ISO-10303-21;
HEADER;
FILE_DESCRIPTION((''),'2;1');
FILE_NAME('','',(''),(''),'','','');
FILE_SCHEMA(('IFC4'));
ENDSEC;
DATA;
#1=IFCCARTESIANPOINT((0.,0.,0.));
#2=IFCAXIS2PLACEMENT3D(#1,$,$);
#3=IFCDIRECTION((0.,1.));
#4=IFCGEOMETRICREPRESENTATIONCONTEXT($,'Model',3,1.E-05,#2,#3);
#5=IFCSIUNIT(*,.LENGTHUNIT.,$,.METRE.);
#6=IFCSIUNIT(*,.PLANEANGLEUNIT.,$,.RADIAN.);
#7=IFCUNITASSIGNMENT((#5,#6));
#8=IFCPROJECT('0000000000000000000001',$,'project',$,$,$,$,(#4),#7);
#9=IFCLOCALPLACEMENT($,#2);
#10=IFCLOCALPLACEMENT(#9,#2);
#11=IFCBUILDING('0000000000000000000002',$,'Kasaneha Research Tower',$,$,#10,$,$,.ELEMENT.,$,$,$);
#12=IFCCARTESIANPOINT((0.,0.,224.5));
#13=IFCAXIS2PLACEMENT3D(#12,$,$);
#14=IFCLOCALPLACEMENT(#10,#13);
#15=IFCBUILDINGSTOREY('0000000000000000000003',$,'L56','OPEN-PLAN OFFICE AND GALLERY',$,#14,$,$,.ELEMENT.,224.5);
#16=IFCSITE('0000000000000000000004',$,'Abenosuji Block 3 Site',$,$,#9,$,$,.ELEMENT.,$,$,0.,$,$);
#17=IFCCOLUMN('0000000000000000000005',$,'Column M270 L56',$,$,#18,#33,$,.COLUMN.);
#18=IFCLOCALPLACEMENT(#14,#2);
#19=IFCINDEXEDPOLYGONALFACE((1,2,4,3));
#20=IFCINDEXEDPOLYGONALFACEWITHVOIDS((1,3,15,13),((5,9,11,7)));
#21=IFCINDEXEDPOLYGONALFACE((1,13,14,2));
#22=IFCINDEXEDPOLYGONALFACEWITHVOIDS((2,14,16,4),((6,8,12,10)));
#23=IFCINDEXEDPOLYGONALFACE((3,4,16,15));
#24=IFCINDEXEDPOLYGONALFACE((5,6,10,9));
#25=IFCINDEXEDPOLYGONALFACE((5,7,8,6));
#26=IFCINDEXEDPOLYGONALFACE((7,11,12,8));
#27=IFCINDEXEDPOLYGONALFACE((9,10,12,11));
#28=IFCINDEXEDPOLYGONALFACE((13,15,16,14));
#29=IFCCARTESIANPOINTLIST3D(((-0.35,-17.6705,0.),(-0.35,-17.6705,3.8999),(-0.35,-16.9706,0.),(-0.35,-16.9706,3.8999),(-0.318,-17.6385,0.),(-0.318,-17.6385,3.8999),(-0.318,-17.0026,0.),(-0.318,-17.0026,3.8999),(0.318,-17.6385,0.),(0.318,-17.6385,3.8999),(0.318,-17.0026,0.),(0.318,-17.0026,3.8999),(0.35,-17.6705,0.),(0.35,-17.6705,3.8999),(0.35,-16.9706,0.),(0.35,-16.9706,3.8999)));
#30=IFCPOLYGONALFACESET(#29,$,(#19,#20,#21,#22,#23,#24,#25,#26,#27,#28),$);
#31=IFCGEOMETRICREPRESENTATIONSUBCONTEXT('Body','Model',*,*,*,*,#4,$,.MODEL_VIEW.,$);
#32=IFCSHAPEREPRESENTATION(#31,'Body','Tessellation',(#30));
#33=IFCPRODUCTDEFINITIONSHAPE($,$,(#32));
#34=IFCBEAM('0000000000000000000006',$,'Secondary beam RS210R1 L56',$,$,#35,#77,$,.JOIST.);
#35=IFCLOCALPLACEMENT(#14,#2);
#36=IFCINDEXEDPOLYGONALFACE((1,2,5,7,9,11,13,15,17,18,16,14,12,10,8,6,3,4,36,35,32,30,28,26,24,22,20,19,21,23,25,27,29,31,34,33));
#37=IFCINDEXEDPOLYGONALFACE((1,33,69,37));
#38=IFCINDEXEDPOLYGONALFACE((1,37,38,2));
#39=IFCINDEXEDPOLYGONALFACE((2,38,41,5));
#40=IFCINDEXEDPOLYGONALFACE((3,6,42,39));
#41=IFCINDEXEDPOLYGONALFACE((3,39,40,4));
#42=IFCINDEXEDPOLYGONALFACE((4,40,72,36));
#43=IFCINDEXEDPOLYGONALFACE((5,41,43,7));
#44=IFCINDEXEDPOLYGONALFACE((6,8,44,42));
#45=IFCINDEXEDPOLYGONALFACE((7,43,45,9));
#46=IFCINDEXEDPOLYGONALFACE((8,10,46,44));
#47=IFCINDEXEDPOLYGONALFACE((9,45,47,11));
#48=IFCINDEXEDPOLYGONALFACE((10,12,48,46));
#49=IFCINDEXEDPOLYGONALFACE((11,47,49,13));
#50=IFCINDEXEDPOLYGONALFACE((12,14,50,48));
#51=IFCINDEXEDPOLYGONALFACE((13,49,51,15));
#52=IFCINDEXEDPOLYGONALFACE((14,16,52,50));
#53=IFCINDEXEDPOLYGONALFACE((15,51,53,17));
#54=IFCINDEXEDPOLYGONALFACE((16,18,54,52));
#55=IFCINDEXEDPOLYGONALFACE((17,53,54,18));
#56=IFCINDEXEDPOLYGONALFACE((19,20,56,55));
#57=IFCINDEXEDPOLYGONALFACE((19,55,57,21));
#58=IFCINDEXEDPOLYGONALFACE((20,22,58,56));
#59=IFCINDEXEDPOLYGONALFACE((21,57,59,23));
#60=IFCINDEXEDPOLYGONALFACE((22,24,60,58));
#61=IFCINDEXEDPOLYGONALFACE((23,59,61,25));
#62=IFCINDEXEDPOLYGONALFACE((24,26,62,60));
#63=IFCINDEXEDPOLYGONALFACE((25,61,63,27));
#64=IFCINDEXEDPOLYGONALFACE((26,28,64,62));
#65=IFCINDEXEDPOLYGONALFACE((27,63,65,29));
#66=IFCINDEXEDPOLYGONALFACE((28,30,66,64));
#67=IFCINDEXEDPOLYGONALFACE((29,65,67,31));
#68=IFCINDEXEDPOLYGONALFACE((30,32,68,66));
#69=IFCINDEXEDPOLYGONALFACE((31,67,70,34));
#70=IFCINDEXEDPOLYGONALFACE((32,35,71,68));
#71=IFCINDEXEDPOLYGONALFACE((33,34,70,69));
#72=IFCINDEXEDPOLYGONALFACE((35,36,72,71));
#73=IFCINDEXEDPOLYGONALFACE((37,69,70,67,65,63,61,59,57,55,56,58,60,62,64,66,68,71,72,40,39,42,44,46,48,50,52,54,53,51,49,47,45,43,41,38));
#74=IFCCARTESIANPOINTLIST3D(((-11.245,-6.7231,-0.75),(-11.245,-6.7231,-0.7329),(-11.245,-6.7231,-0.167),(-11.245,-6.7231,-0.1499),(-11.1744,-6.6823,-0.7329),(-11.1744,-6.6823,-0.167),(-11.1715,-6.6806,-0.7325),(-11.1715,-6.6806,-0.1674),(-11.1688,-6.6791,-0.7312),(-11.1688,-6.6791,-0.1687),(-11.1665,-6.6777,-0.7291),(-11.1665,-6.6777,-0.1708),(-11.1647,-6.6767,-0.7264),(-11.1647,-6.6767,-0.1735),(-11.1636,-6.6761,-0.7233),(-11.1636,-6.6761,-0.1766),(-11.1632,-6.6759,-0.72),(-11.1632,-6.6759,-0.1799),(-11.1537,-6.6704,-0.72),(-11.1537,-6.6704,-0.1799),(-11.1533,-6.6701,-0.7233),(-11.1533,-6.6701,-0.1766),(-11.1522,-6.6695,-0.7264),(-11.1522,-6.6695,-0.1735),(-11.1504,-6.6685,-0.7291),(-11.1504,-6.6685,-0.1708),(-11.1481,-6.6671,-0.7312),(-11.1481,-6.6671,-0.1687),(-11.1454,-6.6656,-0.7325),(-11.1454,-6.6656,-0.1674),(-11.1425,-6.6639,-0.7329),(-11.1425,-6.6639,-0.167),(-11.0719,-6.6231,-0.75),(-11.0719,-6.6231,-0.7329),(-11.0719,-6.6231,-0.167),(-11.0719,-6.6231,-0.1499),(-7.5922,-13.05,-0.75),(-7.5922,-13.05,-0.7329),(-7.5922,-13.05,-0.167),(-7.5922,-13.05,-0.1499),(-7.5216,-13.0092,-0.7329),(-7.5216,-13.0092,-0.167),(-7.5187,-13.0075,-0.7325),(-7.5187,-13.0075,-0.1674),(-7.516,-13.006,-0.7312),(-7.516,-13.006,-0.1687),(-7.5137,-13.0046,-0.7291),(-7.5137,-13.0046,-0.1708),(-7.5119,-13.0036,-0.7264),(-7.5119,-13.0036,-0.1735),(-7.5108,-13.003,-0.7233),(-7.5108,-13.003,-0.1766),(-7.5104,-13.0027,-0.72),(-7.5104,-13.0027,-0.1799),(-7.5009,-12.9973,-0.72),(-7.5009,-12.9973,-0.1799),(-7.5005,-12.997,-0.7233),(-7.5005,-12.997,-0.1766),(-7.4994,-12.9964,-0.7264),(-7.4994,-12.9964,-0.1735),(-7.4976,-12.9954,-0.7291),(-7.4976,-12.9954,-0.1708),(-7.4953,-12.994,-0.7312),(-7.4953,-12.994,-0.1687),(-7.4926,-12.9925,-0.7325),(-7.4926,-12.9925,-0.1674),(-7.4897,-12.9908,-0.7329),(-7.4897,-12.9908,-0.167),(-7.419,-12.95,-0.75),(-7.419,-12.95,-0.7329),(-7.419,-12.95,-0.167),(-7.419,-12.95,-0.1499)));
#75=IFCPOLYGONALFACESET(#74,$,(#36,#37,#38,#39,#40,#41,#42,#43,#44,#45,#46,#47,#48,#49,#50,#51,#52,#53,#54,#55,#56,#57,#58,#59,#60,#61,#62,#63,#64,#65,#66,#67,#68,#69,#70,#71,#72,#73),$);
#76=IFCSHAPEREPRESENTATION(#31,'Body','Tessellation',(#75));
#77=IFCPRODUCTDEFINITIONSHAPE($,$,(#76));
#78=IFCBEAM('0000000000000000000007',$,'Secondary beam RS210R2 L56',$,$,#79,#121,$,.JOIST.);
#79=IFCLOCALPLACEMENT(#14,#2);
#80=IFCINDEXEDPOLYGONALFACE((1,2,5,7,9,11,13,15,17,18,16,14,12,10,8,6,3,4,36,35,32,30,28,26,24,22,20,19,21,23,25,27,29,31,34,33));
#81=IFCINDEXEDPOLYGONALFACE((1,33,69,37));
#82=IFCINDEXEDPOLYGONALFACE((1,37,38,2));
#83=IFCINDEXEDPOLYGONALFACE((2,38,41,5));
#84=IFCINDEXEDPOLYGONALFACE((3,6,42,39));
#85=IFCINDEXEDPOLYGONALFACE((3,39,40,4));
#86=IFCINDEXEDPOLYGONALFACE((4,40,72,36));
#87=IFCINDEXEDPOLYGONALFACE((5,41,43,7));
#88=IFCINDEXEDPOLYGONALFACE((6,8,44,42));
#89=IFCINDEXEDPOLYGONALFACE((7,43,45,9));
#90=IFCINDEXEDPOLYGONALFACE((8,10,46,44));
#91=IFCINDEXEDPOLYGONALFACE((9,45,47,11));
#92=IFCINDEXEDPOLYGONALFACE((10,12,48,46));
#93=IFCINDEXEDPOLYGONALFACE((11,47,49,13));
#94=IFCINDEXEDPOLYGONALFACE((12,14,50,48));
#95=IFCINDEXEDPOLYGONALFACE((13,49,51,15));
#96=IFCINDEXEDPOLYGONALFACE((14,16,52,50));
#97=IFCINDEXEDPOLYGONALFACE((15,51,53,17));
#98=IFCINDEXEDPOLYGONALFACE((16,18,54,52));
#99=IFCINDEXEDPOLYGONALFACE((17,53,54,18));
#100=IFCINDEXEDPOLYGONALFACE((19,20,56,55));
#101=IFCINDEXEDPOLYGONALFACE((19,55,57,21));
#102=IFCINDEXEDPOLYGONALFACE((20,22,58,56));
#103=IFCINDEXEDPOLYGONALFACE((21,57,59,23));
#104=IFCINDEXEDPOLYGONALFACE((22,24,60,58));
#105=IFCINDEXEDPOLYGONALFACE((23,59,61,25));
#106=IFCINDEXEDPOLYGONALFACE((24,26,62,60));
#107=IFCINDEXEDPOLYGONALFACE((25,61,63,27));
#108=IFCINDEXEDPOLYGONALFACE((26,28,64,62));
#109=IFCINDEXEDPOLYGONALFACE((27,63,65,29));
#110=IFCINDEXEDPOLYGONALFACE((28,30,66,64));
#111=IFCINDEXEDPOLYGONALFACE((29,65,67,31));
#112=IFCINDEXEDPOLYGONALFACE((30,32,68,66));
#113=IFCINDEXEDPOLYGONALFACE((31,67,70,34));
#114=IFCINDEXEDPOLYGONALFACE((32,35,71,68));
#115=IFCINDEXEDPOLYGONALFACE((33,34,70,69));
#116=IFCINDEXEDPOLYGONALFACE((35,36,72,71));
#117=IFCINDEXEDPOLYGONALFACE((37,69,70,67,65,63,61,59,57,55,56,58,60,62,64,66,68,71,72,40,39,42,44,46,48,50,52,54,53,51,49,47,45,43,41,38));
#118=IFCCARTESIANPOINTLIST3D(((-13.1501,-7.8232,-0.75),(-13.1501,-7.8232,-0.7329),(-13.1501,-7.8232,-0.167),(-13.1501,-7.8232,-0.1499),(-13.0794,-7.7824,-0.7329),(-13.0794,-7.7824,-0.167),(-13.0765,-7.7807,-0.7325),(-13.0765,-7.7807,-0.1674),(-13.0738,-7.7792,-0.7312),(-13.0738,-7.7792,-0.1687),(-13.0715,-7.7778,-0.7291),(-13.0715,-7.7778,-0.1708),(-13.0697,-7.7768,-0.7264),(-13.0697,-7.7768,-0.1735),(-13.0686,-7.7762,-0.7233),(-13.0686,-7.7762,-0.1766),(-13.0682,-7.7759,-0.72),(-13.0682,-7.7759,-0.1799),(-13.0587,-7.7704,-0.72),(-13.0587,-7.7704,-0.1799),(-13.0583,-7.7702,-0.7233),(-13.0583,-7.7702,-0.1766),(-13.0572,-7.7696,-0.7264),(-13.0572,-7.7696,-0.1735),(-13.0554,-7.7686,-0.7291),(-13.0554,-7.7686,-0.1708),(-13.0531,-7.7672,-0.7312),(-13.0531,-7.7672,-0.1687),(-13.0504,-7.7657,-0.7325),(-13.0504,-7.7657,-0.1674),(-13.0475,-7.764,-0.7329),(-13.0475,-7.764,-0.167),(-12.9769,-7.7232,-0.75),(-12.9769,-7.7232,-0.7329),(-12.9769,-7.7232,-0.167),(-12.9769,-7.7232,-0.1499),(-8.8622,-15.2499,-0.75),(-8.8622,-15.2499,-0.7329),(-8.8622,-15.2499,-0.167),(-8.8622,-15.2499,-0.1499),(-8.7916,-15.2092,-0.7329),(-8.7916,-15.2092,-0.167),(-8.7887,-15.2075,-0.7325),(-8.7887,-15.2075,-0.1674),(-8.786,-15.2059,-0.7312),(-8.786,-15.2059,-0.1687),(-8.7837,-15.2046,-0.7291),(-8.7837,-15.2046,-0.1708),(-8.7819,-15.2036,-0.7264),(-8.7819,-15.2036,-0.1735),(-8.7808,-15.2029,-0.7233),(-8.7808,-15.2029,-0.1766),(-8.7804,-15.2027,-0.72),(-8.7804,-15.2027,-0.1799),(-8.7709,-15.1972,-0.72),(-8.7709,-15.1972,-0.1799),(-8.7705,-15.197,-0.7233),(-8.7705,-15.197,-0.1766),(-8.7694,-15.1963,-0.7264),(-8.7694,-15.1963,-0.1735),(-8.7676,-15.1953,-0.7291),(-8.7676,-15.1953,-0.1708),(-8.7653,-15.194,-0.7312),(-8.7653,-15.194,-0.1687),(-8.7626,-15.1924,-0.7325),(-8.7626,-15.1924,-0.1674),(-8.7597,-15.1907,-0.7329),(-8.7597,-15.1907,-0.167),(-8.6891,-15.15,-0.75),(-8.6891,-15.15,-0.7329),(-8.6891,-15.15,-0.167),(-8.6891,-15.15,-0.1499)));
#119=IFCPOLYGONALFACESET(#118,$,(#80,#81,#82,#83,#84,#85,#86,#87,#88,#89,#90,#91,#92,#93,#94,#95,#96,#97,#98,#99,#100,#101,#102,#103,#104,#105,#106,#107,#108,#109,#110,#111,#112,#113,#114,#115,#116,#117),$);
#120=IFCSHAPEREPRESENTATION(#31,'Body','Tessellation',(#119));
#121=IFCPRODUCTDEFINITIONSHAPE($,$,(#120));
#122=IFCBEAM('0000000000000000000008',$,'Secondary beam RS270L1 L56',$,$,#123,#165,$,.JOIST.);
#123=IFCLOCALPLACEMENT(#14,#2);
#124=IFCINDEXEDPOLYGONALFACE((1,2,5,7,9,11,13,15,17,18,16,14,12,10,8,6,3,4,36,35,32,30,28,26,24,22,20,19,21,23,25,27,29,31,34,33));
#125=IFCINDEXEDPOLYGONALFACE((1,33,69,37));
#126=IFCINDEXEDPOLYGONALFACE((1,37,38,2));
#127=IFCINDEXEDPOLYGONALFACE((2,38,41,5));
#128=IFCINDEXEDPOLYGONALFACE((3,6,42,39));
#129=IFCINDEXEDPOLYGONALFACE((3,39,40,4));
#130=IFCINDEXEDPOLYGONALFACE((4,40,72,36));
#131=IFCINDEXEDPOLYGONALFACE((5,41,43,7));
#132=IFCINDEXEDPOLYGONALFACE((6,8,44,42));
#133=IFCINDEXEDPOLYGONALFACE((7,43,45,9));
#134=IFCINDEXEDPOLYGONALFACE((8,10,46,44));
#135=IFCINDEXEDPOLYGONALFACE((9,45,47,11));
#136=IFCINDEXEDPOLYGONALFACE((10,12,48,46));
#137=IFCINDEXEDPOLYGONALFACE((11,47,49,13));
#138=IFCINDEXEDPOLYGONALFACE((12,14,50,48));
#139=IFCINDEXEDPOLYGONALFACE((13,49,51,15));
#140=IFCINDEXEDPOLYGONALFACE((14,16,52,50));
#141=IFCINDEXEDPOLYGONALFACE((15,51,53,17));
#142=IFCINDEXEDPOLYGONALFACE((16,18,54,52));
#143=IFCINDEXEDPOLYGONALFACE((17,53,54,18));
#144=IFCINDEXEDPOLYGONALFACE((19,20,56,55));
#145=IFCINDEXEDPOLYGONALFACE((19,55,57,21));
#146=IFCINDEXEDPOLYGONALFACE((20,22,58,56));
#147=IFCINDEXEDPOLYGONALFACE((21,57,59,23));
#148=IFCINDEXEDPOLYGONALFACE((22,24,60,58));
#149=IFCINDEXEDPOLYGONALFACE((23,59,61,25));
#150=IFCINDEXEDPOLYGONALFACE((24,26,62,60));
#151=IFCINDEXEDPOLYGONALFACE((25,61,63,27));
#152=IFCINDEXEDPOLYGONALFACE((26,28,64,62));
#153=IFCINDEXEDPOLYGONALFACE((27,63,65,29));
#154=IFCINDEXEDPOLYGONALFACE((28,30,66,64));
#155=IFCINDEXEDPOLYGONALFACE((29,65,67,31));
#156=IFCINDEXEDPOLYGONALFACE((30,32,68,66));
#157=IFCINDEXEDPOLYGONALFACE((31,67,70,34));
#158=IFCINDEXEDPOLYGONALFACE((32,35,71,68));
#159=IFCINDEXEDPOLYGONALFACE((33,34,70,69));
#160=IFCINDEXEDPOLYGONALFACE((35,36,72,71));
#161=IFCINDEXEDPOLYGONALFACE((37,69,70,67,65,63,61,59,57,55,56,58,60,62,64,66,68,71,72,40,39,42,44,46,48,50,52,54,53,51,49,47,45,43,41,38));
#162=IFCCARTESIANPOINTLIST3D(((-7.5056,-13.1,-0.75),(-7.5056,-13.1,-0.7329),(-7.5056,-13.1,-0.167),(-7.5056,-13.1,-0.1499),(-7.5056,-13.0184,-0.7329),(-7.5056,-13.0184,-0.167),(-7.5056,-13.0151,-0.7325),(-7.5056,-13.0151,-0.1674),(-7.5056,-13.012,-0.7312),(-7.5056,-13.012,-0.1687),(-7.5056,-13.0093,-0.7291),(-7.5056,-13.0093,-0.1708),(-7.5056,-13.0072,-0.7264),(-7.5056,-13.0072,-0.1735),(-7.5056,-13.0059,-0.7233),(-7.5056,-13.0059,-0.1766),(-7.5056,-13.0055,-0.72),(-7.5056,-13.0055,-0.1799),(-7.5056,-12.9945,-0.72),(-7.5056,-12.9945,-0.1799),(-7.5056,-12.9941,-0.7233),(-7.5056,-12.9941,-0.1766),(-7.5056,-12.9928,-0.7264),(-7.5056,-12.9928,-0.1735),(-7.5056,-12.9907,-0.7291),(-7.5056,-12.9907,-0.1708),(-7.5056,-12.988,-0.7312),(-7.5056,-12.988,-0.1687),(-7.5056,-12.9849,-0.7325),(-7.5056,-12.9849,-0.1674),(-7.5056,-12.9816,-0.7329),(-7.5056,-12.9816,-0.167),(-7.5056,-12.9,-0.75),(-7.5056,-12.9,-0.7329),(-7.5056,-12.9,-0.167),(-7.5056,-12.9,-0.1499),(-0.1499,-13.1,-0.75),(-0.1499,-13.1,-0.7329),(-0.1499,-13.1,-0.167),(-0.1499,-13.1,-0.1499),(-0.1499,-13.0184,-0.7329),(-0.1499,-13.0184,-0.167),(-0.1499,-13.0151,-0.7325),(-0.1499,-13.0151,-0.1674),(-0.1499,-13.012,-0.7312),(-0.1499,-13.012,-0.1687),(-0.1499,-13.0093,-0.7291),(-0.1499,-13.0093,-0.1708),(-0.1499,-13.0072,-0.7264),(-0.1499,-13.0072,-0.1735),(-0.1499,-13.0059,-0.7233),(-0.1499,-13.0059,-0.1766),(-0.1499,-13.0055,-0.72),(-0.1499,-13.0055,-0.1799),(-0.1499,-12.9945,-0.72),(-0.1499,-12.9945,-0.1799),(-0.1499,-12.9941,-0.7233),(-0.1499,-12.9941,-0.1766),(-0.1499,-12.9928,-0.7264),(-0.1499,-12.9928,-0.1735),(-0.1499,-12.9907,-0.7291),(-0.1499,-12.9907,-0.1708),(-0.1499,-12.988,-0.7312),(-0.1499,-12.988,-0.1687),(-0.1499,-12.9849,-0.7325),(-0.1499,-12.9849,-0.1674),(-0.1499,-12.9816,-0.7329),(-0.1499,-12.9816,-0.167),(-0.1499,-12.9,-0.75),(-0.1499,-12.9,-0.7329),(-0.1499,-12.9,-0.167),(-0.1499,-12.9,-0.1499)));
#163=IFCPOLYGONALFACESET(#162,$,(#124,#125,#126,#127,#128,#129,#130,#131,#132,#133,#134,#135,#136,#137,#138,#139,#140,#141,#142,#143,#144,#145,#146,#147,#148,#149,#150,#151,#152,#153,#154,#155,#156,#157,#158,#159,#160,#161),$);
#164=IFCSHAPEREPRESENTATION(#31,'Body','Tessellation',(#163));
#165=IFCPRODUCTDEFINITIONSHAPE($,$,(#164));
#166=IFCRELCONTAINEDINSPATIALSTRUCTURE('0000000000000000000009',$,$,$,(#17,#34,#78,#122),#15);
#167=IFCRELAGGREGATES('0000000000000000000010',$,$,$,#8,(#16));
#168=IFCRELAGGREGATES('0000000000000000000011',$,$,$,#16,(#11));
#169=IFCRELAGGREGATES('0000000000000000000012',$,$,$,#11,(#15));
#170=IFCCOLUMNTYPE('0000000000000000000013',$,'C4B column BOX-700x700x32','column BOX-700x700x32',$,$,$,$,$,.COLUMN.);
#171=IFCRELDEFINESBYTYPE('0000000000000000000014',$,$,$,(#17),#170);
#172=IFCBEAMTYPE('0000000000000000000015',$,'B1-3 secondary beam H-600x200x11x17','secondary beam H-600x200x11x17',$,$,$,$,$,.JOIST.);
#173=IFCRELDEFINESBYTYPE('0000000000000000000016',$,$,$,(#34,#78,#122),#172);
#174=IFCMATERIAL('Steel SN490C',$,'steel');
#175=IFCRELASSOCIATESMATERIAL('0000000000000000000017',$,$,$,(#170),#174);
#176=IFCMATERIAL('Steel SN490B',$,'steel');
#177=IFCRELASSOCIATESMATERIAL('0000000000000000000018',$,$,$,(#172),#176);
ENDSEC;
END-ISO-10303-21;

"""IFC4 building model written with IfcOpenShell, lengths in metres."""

from ifc_helpers import new_model, si_unit, direction, frame, origin, origin_2d, place, context, subcontext, project, spatial, hollow_rectangle, i_section, extrude, material, material_profile, profile_set, type_object, element, save


model = new_model("IFC4")

# Units and contexts
model_context = context("Model", 3, precision=1e-05, world=origin(), true_north=direction((0.0, 1.0)))
body_context = subcontext(model_context, "Body", "Model", "MODEL_VIEW")
ifc_project = project(units=[si_unit("LENGTHUNIT", "METRE"), si_unit("PLANEANGLEUNIT", "RADIAN")], contexts=[model_context])

# Site, building, storey
site_placement = place(None, origin())
site = spatial("IfcSite", under=ifc_project, at=site_placement, Name="Abenosuji Block 3 Site", CompositionType="ELEMENT", RefElevation=0.0)
building_placement = place(site_placement, origin())
building = spatial("IfcBuilding", under=site, at=building_placement, Name="Kasaneha Research Tower", CompositionType="ELEMENT")
storey_placement = place(building_placement, frame((0.0, 0.0, 224.5)))
storey = spatial("IfcBuildingStorey", under=building, at=storey_placement, Name="L56", Description="OPEN-PLAN OFFICE AND GALLERY", CompositionType="ELEMENT", Elevation=224.5)

# Column
ifc_material_1 = material(Name="Steel SN490C", Category="steel")
ifc_material_profile_1 = material_profile(ifc_material_1, hollow_rectangle(XDim=0.7, YDim=0.7, WallThickness=0.032, at=origin_2d()), Name="BOX-700x700x32")
ifc_profile_set_1 = profile_set([ifc_material_profile_1], Name="Steel SN490C")
column_type = type_object("IfcColumnType", Name="C4B column BOX-700x700x32", Description="column BOX-700x700x32", PredefinedType="COLUMN", material=ifc_profile_set_1)
column_placement = place(storey_placement, frame((0.0, -17.3206, 0.0), z_axis=(0.0, 0.0, 1.0), x_axis=(1.0, 0.0, 0.0)))
element("IfcColumn", 1, at=column_placement, inside=storey, type_object=column_type, Name="Column M270 L56", PredefinedType="COLUMN", context=body_context, shape_type="SweptSolid", body=[
    extrude(hollow_rectangle(XDim=0.7, YDim=0.7, WallThickness=0.032, at=origin_2d()), origin(), (0.0, 0.0, 1.0), 3.8999),
])

# Beams
ifc_material_2 = material(Name="Steel SN490B", Category="steel")
ifc_material_profile_2 = material_profile(ifc_material_2, i_section(OverallWidth=0.2, OverallDepth=0.6001, WebThickness=0.011, FlangeThickness=0.0171, FilletRadius=0.0129, at=origin_2d()), Name="H-600x200x11x17")
ifc_profile_set_2 = profile_set([ifc_material_profile_2], Name="Steel SN490B")
beam_type_1 = type_object("IfcBeamType", Name="B1-3 secondary beam H-600x200x11x17", Description="secondary beam H-600x200x11x17", PredefinedType="JOIST", material=ifc_profile_set_2)
beam_1_placement = place(storey_placement, frame((-7.5056, -13.0, -0.45), z_axis=(-0.499999, 0.866026, 0.0), x_axis=(-0.866026, -0.499999, 0.0)))
element("IfcBeam", 2, at=beam_1_placement, inside=storey, type_object=beam_type_1, Name="Secondary beam RS210R1 L56", PredefinedType="JOIST", context=body_context, shape_type="SweptSolid", body=[
    extrude(i_section(OverallWidth=0.2, OverallDepth=0.6001, WebThickness=0.011, FlangeThickness=0.0171, FilletRadius=0.0129, at=origin_2d()), origin(), (0.0, 0.0, 1.0), 7.3057),
])
beam_2_placement = place(storey_placement, frame((-8.7756, -15.2, -0.45), z_axis=(-0.5, 0.866025, 0.0), x_axis=(-0.866025, -0.5, 0.0)))
element("IfcBeam", 3, at=beam_2_placement, inside=storey, type_object=beam_type_1, Name="Secondary beam RS210R2 L56", PredefinedType="JOIST", context=body_context, shape_type="SweptSolid", body=[
    extrude(i_section(OverallWidth=0.2, OverallDepth=0.6001, WebThickness=0.011, FlangeThickness=0.0171, FilletRadius=0.0129, at=origin_2d()), origin(), (0.0, 0.0, 1.0), 8.5757),
])
beam_3_placement = place(storey_placement, frame((-7.5056, -13.0, -0.45), z_axis=(1.0, 0.0, 0.0), x_axis=(0.0, 1.0, 0.0)))
element("IfcBeam", 4, at=beam_3_placement, inside=storey, type_object=beam_type_1, Name="Secondary beam RS270L1 L56", PredefinedType="JOIST", context=body_context, shape_type="SweptSolid", body=[
    extrude(i_section(OverallWidth=0.2, OverallDepth=0.6001, WebThickness=0.011, FlangeThickness=0.0171, FilletRadius=0.0129, at=origin_2d()), origin(), (0.0, 0.0, 1.0), 7.3557),
])

save(model, "model.ifc")
